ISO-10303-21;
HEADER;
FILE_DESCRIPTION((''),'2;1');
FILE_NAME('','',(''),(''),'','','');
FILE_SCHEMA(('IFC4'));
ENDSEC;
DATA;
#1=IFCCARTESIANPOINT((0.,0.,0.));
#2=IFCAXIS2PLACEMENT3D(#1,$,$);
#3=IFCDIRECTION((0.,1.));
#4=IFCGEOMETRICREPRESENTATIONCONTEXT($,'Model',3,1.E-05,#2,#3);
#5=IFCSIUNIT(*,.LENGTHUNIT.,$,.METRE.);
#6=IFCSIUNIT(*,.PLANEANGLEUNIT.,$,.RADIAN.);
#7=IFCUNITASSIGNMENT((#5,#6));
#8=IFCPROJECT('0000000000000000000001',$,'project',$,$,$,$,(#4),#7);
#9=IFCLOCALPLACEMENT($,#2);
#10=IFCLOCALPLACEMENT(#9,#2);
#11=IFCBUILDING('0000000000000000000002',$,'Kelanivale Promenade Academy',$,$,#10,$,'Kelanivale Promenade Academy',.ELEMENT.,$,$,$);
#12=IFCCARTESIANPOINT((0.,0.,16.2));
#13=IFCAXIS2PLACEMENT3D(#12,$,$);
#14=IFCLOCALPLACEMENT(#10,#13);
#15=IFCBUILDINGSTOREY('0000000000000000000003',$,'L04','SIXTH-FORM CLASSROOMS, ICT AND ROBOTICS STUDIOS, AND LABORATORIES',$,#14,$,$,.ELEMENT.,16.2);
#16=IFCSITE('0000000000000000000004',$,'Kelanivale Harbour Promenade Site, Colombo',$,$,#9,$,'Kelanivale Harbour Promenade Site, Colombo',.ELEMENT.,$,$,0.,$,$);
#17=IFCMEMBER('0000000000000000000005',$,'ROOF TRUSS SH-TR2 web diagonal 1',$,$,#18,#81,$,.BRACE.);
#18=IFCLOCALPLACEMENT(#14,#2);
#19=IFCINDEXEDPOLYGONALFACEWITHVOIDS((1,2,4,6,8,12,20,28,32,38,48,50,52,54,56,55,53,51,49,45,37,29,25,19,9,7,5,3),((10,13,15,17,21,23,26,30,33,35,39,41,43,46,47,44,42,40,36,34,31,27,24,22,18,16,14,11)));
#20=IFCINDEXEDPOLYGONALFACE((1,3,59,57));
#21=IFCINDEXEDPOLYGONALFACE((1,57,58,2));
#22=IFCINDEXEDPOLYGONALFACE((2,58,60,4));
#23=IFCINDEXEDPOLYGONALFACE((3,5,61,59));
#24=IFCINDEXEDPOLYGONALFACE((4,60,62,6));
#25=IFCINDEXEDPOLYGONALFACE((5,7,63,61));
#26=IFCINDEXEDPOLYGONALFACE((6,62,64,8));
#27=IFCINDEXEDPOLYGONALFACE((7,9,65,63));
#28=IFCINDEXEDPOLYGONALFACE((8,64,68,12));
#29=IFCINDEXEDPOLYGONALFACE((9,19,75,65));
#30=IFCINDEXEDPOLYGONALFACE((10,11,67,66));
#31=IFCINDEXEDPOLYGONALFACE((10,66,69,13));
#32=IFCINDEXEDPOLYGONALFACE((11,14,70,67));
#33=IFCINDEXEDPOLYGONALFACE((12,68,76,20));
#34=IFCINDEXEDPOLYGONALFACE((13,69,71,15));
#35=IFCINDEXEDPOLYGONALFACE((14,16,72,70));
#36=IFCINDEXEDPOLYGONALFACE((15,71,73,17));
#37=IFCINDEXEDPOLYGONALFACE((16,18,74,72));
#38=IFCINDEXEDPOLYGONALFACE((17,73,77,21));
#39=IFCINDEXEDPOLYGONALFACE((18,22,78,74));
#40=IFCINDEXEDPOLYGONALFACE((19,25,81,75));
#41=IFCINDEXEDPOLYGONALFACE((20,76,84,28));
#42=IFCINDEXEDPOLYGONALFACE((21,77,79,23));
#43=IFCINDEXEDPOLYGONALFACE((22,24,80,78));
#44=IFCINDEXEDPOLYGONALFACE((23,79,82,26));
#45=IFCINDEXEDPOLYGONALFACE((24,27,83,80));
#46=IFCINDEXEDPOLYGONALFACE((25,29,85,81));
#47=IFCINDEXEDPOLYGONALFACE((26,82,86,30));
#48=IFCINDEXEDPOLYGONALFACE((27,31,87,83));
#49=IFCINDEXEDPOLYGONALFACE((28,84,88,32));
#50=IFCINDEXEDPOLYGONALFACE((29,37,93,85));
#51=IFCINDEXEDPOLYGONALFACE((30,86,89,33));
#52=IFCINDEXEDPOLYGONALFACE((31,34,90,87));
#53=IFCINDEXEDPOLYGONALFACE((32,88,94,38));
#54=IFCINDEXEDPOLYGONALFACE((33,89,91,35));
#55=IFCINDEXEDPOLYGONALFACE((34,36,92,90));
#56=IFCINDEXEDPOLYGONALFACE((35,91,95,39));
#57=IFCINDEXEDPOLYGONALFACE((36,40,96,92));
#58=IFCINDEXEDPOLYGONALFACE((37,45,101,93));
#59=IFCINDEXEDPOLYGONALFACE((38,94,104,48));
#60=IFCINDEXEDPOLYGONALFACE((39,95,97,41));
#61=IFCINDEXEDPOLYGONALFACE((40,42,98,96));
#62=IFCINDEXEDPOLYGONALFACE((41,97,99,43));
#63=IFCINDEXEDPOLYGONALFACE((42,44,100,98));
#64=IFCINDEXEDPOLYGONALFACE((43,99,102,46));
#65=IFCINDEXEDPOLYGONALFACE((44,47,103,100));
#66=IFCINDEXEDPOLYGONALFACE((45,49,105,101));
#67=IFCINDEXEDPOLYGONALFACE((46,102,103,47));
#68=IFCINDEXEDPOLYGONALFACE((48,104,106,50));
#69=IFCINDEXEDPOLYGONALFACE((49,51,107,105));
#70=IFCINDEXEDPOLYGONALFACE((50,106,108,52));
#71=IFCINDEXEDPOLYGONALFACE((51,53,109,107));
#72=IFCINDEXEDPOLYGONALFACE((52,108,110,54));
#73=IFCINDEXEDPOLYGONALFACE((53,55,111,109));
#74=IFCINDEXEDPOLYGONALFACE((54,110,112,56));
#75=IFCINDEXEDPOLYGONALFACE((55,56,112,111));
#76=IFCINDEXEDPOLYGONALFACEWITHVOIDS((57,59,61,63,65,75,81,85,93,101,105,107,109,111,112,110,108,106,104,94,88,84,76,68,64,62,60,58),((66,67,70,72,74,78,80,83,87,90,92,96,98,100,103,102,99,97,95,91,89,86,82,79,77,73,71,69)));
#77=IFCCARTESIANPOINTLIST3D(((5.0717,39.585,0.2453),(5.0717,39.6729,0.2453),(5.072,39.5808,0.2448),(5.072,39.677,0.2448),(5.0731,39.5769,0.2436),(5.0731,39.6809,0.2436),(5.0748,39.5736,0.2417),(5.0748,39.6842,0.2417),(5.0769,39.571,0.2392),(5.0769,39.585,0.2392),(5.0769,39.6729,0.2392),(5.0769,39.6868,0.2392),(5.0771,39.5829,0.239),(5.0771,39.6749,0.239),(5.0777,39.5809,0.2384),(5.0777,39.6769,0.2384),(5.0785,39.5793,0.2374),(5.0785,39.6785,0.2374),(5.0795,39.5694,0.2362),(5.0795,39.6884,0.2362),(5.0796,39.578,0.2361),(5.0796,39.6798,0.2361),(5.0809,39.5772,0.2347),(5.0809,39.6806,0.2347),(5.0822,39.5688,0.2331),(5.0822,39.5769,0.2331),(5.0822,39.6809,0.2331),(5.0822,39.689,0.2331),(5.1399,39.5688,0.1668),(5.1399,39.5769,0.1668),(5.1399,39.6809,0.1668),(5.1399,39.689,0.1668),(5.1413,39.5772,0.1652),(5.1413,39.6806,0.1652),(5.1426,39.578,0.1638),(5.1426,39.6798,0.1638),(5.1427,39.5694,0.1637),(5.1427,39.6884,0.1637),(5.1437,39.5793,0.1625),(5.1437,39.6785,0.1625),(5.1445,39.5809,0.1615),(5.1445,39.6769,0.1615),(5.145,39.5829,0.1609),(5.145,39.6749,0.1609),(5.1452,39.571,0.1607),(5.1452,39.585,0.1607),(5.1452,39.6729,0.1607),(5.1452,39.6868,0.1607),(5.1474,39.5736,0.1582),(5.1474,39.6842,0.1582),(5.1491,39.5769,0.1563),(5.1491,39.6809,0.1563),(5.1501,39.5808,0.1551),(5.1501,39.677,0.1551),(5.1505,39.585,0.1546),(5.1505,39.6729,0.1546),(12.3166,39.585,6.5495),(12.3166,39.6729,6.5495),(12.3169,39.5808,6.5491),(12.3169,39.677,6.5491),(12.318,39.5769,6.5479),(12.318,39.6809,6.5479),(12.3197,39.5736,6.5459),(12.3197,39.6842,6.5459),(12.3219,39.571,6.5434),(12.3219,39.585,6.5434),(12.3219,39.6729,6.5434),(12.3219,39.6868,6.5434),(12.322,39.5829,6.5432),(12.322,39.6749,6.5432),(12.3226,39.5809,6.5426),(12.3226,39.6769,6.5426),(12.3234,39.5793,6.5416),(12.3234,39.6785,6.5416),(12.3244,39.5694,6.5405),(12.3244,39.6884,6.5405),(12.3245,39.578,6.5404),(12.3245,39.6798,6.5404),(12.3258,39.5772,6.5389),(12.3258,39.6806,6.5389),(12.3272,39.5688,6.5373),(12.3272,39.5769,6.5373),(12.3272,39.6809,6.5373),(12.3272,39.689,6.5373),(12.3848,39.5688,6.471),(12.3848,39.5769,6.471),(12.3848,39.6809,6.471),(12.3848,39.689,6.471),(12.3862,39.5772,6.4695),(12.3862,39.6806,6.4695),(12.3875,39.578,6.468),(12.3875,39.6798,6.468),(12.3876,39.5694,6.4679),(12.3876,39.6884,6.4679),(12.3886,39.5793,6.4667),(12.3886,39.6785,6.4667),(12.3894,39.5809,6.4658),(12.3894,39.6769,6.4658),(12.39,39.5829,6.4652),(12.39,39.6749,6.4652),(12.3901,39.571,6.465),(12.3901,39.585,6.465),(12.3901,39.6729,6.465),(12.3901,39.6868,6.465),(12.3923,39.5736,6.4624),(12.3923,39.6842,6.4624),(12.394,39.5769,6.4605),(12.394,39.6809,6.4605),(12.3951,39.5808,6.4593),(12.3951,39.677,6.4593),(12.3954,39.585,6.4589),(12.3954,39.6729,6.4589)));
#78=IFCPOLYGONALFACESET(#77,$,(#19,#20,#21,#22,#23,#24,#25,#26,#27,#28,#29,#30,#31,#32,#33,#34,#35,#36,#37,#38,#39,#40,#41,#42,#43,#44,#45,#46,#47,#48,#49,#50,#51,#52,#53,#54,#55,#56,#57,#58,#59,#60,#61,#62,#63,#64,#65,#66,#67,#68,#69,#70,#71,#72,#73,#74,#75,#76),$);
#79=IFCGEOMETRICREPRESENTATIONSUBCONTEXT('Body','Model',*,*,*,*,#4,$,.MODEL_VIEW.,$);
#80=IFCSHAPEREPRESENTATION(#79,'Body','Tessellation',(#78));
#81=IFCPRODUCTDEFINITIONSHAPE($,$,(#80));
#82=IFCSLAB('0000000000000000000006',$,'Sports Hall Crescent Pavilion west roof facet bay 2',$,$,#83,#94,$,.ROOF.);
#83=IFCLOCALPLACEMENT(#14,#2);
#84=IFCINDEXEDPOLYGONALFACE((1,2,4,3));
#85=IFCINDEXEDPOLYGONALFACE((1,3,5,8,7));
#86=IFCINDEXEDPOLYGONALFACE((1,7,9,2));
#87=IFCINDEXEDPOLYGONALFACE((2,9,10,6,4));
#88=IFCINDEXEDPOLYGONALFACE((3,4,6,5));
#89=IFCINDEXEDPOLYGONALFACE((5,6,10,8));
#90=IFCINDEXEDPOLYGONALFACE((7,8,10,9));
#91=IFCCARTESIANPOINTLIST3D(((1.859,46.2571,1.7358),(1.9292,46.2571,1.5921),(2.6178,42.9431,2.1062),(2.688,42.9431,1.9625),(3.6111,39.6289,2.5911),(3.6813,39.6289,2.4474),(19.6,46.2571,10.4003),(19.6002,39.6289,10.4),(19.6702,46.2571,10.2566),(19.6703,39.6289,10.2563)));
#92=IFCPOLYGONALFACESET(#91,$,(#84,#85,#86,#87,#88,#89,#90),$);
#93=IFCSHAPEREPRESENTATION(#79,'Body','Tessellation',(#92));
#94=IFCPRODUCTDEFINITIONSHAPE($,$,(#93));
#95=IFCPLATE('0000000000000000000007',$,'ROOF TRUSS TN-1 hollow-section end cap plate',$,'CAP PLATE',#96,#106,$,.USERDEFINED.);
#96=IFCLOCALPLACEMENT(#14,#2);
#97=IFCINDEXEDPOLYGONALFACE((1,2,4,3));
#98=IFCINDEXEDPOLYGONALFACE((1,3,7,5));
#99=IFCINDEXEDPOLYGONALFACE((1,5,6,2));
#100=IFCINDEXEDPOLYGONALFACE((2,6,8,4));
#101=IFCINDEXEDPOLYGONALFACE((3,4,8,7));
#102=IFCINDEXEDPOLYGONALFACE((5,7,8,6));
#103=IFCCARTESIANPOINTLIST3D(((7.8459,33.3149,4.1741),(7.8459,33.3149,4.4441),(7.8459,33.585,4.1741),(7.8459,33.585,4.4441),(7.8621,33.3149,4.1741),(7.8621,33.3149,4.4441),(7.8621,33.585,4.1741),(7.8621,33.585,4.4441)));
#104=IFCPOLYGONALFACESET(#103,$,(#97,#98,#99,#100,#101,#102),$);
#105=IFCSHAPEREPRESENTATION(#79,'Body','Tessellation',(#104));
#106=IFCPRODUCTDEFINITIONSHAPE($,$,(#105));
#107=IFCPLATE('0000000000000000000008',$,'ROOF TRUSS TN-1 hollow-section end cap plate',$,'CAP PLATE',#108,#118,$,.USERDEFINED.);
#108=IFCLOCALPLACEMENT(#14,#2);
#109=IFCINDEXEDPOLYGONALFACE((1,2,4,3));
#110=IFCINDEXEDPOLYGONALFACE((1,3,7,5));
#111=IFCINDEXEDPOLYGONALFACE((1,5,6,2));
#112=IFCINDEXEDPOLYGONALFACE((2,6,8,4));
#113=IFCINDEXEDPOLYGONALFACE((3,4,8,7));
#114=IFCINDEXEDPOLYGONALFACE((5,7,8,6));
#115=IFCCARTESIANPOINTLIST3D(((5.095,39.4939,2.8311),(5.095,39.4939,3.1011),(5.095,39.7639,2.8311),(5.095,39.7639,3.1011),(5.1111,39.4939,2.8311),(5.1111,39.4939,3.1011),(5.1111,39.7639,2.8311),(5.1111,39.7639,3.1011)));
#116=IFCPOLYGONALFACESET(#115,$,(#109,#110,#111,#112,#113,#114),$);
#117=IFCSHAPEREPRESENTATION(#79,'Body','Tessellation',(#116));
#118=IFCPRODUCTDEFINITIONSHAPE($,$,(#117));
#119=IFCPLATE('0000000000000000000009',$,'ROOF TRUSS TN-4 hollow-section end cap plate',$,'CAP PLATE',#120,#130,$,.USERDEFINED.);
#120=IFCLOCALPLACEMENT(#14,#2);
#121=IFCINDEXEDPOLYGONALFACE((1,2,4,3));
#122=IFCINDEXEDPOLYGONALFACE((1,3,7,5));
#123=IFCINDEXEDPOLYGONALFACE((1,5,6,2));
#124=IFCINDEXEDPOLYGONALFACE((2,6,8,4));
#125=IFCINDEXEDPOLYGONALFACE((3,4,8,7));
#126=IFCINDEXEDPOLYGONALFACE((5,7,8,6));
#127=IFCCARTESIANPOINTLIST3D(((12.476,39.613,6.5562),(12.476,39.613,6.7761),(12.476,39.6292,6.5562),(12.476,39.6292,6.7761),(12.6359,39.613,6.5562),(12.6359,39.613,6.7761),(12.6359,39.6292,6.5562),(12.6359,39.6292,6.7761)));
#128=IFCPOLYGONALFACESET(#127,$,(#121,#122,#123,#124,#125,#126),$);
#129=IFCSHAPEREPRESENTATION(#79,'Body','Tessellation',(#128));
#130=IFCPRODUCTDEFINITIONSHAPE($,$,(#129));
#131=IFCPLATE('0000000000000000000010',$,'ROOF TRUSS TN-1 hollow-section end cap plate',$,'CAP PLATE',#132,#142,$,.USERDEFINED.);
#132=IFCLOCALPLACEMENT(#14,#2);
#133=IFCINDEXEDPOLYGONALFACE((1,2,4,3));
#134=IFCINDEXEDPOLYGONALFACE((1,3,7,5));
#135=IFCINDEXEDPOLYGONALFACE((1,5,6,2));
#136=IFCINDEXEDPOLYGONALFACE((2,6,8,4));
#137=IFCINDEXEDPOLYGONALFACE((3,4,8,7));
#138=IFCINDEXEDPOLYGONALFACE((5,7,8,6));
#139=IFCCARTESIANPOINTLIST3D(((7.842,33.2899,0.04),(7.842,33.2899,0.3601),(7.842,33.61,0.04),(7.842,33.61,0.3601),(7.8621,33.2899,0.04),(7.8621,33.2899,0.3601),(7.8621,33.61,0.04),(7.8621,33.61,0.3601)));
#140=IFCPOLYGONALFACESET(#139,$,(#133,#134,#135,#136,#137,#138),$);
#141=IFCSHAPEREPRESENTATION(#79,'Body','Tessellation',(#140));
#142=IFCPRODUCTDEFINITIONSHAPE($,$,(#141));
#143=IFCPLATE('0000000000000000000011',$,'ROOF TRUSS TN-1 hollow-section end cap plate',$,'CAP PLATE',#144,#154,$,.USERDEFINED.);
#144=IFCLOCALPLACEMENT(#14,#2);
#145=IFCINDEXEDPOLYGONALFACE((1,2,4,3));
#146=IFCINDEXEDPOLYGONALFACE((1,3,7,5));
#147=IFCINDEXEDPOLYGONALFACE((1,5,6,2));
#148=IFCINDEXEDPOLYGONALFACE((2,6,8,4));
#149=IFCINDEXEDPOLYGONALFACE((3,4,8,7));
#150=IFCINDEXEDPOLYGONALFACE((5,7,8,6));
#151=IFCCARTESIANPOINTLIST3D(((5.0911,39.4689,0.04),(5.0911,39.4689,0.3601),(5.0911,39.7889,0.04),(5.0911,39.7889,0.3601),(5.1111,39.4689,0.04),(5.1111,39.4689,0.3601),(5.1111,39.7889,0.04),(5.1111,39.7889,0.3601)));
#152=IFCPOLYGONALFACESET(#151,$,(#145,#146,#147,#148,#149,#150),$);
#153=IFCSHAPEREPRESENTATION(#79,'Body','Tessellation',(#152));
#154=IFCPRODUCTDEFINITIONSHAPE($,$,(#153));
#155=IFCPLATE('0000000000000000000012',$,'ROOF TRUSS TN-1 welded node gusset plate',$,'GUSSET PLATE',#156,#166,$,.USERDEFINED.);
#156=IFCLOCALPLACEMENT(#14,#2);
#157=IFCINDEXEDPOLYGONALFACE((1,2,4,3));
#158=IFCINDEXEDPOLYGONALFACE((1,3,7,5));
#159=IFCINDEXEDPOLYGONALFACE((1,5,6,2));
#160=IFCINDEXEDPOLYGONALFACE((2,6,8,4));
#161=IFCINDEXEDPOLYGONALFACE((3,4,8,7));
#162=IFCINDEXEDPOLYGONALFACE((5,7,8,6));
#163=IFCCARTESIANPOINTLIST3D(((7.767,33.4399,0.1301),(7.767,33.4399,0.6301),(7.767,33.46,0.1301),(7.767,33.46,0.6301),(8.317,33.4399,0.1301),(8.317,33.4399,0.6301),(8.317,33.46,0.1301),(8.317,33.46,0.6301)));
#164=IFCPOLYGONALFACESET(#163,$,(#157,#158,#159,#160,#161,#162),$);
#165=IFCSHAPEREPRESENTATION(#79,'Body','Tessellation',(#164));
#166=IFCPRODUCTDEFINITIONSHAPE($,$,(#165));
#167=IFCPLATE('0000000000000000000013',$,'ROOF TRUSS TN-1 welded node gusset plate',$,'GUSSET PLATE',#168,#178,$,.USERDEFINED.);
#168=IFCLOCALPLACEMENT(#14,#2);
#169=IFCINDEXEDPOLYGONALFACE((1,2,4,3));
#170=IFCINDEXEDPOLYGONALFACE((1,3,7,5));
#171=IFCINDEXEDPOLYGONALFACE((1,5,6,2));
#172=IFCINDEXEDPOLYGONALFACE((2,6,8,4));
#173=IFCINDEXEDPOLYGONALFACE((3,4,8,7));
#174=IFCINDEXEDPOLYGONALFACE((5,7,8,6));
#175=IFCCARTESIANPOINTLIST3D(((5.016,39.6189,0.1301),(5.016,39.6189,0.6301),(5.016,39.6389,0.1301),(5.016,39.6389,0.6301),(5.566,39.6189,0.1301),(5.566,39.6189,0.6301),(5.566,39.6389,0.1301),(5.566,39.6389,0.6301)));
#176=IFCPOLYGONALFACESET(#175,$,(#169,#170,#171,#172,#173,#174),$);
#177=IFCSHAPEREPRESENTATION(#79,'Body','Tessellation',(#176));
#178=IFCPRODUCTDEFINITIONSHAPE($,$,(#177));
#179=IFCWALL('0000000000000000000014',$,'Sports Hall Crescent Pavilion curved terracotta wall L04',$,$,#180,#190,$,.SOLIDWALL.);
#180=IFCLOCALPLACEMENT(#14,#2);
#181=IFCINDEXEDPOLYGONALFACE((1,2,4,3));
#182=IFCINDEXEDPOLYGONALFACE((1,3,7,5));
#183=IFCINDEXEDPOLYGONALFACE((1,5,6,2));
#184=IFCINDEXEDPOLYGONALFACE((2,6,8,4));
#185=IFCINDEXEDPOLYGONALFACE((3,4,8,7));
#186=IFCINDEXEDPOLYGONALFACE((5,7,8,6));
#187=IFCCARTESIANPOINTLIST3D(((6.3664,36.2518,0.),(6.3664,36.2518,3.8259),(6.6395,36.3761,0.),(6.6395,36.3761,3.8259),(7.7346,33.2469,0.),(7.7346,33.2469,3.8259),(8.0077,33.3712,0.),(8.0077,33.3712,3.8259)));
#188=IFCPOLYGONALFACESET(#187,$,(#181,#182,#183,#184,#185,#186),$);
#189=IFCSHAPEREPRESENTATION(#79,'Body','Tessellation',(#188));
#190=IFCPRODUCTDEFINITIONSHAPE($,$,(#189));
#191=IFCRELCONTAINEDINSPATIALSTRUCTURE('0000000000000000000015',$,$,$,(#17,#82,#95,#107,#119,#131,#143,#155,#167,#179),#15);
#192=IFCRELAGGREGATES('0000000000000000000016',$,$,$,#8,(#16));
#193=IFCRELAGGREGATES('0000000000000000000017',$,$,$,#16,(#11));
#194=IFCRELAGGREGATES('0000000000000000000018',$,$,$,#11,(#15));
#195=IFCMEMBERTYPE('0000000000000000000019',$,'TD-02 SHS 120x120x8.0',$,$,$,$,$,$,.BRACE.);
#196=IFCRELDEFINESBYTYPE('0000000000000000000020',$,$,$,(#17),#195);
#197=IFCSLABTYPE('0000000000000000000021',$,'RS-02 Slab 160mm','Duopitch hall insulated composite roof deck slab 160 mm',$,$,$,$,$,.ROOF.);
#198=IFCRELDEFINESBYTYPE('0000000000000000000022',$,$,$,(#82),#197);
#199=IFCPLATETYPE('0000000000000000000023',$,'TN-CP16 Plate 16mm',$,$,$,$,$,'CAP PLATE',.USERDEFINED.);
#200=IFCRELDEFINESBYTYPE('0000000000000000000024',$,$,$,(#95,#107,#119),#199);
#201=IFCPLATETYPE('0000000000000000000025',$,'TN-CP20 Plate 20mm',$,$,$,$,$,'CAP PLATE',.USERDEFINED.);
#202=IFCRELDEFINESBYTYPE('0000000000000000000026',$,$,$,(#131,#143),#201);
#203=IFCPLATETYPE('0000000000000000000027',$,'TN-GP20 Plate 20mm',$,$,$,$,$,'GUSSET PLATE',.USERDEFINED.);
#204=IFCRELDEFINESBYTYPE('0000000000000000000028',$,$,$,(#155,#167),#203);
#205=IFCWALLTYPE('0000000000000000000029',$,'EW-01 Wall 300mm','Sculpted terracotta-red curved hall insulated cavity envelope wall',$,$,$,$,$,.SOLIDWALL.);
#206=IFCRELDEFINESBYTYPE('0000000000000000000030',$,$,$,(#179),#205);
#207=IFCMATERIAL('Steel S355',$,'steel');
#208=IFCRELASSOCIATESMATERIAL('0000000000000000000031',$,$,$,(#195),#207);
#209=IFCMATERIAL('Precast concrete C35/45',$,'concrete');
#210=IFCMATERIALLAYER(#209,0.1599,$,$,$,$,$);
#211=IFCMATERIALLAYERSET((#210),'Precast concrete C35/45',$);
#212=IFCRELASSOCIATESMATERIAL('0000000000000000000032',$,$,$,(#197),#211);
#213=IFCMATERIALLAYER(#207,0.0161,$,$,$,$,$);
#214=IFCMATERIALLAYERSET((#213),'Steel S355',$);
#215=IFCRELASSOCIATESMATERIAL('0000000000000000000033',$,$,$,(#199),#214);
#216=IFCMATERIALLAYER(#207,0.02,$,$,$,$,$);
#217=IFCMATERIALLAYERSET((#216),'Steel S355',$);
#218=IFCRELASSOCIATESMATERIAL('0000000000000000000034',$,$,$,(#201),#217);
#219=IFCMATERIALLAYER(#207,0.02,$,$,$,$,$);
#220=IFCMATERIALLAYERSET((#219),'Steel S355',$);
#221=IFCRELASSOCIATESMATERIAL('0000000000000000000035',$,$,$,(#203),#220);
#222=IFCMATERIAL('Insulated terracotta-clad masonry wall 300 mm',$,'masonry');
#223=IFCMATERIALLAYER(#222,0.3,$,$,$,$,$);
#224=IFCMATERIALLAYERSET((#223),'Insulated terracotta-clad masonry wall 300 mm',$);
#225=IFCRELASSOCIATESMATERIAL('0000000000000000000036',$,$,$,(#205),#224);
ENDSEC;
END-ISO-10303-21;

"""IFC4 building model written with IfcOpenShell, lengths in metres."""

from ifc_helpers import new_model, si_unit, direction, frame, frame_2d, origin, origin_2d, place, context, subcontext, project, spatial, polyline, rectangle, hollow_rectangle, outline, extrude, material, layer, layer_set, material_profile, profile_set, type_object, element, save


model = new_model("IFC4")

# Units and contexts
model_context = context("Model", 3, precision=1e-05, world=origin(), true_north=direction((0.0, 1.0)))
body_context = subcontext(model_context, "Body", "Model", "MODEL_VIEW")
ifc_project = project(units=[si_unit("LENGTHUNIT", "METRE"), si_unit("PLANEANGLEUNIT", "RADIAN")], contexts=[model_context])

# Site, building, storey
site_placement = place(None, origin())
site = spatial("IfcSite", under=ifc_project, at=site_placement, Name="Kelanivale Harbour Promenade Site, Colombo", LongName="Kelanivale Harbour Promenade Site, Colombo", CompositionType="ELEMENT", RefElevation=0.0)
building_placement = place(site_placement, origin())
building = spatial("IfcBuilding", under=site, at=building_placement, Name="Kelanivale Promenade Academy", LongName="Kelanivale Promenade Academy", CompositionType="ELEMENT")
storey_placement = place(building_placement, frame((0.0, 0.0, 16.2)))
storey = spatial("IfcBuildingStorey", under=building, at=storey_placement, Name="L04", Description="SIXTH-FORM CLASSROOMS, ICT AND ROBOTICS STUDIOS, AND LABORATORIES", CompositionType="ELEMENT", Elevation=16.2)

# Shared definitions
ifc_material_1 = material(Name="Steel S355", Category="steel")

# Member
ifc_material_profile_1 = material_profile(ifc_material_1, hollow_rectangle(XDim=0.1201, YDim=0.1201, WallThickness=0.0081, InnerFilletRadius=0.0081, OuterFilletRadius=0.0161, at=origin_2d()), Name="SHS 120x120x8.0")
ifc_profile_set_1 = profile_set([ifc_material_profile_1], Name="Steel S355")
member_type_1 = type_object("IfcMemberType", Name="TD-02 SHS 120x120x8.0", PredefinedType="BRACE", material=ifc_profile_set_1)
member_1_placement = place(storey_placement, frame((5.1111, 39.6289, 0.2), z_axis=(0.754383, 0.0, 0.656434), x_axis=(0.0, 1.0, 0.0)))
element("IfcMember", 1, at=member_1_placement, inside=storey, type_object=member_type_1, Name="ROOF TRUSS SH-TR2 web diagonal 1", PredefinedType="BRACE", context=body_context, shape_type="SweptSolid", body=[
    extrude(hollow_rectangle(XDim=0.1201, YDim=0.1201, WallThickness=0.0081, InnerFilletRadius=0.0081, OuterFilletRadius=0.0161, at=origin_2d()), origin(), (0.0, 0.0, 1.0), 9.6038),
])

# Slab
ifc_material_2 = material(Name="Precast concrete C35/45", Category="concrete")
ifc_layer_1 = layer(ifc_material_2, 0.1599)
ifc_layer_set_1 = layer_set([ifc_layer_1], Name="Precast concrete C35/45")
slab_type = type_object("IfcSlabType", Name="RS-02 Slab 160mm", Description="Duopitch hall insulated composite roof deck slab 160 mm", PredefinedType="ROOF", material=ifc_layer_set_1)
slab_placement = place(storey_placement, frame((3.6111, 39.6289, 2.5911), z_axis=(-0.43885, -0.000055, 0.89856), x_axis=(0.89856, 0.0, 0.43885)))
element("IfcSlab", 2, at=slab_placement, inside=storey, type_object=slab_type, Name="Sports Hall Crescent Pavilion west roof facet bay 2", PredefinedType="ROOF", context=body_context, shape_type="SweptSolid", body=[
    extrude(outline(polyline([(0.0, 0.0), (17.7941, 0.0), (17.7941, 6.6282), (-1.9497, 6.6282), (-1.1053, 3.3142), (0.0, 0.0)])), origin(), (0.0, 0.0, -1.0), 0.1599),
])

# Plates
ifc_layer_2 = layer(ifc_material_1, 0.0161)
ifc_layer_set_2 = layer_set([ifc_layer_2], Name="Steel S355")
plate_type_1 = type_object("IfcPlateType", Name="TN-CP16 Plate 16mm", ElementType="CAP PLATE", PredefinedType="USERDEFINED", material=ifc_layer_set_2)
for number, where, z_axis, x_axis, name in (
    (3, (7.854, 33.45, 4.1741), (0.0, 0.0, 1.0), (-1.0, 0.0, 0.0), "ROOF TRUSS TN-1 hollow-section end cap plate"),
    (4, (5.103, 39.6289, 2.8311), (0.0, 0.0, 1.0), (-1.0, 0.0, 0.0), "ROOF TRUSS TN-1 hollow-section end cap plate"),
):
    element("IfcPlate", number, at=place(storey_placement, frame(where, z_axis=z_axis, x_axis=x_axis)), inside=storey, type_object=plate_type_1, Name=name, ObjectType="CAP PLATE", PredefinedType="USERDEFINED", context=body_context, shape_type="SweptSolid", body=[
        extrude(rectangle(XDim=0.0161, YDim=0.27, at=origin_2d()), origin(), (0.0, 0.0, 1.0), 0.27),
    ])
plate_placement = place(storey_placement, frame((12.5559, 39.6211, 6.5562), z_axis=(0.0, 0.0, 1.0), x_axis=(0.0, -1.0, 0.0)))
element("IfcPlate", 5, at=plate_placement, inside=storey, type_object=plate_type_1, Name="ROOF TRUSS TN-4 hollow-section end cap plate", ObjectType="CAP PLATE", PredefinedType="USERDEFINED", context=body_context, shape_type="SweptSolid", body=[
    extrude(rectangle(XDim=0.0161, YDim=0.1599, at=origin_2d()), origin(), (0.0, 0.0, 1.0), 0.22),
])
ifc_layer_3 = layer(ifc_material_1, 0.02)
ifc_layer_set_3 = layer_set([ifc_layer_3], Name="Steel S355")
plate_type_2 = type_object("IfcPlateType", Name="TN-CP20 Plate 20mm", ElementType="CAP PLATE", PredefinedType="USERDEFINED", material=ifc_layer_set_3)
for number, where, z_axis, x_axis, name in (
    (6, (7.8521, 33.45, 0.04), (0.0, 0.0, 1.0), (-1.0, 0.0, 0.0), "ROOF TRUSS TN-1 hollow-section end cap plate"),
    (7, (5.1011, 39.6289, 0.04), (0.0, 0.0, 1.0), (-1.0, 0.0, 0.0), "ROOF TRUSS TN-1 hollow-section end cap plate"),
):
    element("IfcPlate", number, at=place(storey_placement, frame(where, z_axis=z_axis, x_axis=x_axis)), inside=storey, type_object=plate_type_2, Name=name, ObjectType="CAP PLATE", PredefinedType="USERDEFINED", context=body_context, shape_type="SweptSolid", body=[
        extrude(rectangle(XDim=0.02, YDim=0.3201, at=origin_2d()), origin(), (0.0, 0.0, 1.0), 0.3201),
    ])
ifc_layer_4 = layer(ifc_material_1, 0.02)
ifc_layer_set_4 = layer_set([ifc_layer_4], Name="Steel S355")
plate_type_3 = type_object("IfcPlateType", Name="TN-GP20 Plate 20mm", ElementType="GUSSET PLATE", PredefinedType="USERDEFINED", material=ifc_layer_set_4)
for number, where, z_axis, x_axis, name in (
    (8, (8.042, 33.45, 0.1301), (0.0, 0.0, 1.0), (1.0, 0.0, 0.0), "ROOF TRUSS TN-1 welded node gusset plate"),
    (9, (5.291, 39.6289, 0.1301), (0.0, 0.0, 1.0), (1.0, 0.0, 0.0), "ROOF TRUSS TN-1 welded node gusset plate"),
):
    element("IfcPlate", number, at=place(storey_placement, frame(where, z_axis=z_axis, x_axis=x_axis)), inside=storey, type_object=plate_type_3, Name=name, ObjectType="GUSSET PLATE", PredefinedType="USERDEFINED", context=body_context, shape_type="SweptSolid", body=[
        extrude(rectangle(XDim=0.55, YDim=0.02, at=origin_2d()), origin(), (0.0, 0.0, 1.0), 0.5),
    ])

# Wall
ifc_material_3 = material(Name="Insulated terracotta-clad masonry wall 300 mm", Category="masonry")
ifc_layer_5 = layer(ifc_material_3, 0.3)
ifc_layer_set_5 = layer_set([ifc_layer_5], Name="Insulated terracotta-clad masonry wall 300 mm")
wall_type = type_object("IfcWallType", Name="EW-01 Wall 300mm", Description="Sculpted terracotta-red curved hall insulated cavity envelope wall", PredefinedType="SOLIDWALL", material=ifc_layer_set_5)
wall_1_placement = place(storey_placement, frame((6.5029, 36.314, 0.0), z_axis=(0.0, 0.0, 1.0), x_axis=(0.414382, -0.910103, 0.0)))
element("IfcWall", 10, at=wall_1_placement, inside=storey, type_object=wall_type, Name="Sports Hall Crescent Pavilion curved terracotta wall L04", PredefinedType="SOLIDWALL", context=body_context, shape_type="SweptSolid", body=[
    extrude(rectangle(XDim=3.3018, YDim=0.3, at=frame_2d((1.6509, 0.0))), origin(), (0.0, 0.0, 1.0), 3.8259),
])

save(model, "model.ifc")
